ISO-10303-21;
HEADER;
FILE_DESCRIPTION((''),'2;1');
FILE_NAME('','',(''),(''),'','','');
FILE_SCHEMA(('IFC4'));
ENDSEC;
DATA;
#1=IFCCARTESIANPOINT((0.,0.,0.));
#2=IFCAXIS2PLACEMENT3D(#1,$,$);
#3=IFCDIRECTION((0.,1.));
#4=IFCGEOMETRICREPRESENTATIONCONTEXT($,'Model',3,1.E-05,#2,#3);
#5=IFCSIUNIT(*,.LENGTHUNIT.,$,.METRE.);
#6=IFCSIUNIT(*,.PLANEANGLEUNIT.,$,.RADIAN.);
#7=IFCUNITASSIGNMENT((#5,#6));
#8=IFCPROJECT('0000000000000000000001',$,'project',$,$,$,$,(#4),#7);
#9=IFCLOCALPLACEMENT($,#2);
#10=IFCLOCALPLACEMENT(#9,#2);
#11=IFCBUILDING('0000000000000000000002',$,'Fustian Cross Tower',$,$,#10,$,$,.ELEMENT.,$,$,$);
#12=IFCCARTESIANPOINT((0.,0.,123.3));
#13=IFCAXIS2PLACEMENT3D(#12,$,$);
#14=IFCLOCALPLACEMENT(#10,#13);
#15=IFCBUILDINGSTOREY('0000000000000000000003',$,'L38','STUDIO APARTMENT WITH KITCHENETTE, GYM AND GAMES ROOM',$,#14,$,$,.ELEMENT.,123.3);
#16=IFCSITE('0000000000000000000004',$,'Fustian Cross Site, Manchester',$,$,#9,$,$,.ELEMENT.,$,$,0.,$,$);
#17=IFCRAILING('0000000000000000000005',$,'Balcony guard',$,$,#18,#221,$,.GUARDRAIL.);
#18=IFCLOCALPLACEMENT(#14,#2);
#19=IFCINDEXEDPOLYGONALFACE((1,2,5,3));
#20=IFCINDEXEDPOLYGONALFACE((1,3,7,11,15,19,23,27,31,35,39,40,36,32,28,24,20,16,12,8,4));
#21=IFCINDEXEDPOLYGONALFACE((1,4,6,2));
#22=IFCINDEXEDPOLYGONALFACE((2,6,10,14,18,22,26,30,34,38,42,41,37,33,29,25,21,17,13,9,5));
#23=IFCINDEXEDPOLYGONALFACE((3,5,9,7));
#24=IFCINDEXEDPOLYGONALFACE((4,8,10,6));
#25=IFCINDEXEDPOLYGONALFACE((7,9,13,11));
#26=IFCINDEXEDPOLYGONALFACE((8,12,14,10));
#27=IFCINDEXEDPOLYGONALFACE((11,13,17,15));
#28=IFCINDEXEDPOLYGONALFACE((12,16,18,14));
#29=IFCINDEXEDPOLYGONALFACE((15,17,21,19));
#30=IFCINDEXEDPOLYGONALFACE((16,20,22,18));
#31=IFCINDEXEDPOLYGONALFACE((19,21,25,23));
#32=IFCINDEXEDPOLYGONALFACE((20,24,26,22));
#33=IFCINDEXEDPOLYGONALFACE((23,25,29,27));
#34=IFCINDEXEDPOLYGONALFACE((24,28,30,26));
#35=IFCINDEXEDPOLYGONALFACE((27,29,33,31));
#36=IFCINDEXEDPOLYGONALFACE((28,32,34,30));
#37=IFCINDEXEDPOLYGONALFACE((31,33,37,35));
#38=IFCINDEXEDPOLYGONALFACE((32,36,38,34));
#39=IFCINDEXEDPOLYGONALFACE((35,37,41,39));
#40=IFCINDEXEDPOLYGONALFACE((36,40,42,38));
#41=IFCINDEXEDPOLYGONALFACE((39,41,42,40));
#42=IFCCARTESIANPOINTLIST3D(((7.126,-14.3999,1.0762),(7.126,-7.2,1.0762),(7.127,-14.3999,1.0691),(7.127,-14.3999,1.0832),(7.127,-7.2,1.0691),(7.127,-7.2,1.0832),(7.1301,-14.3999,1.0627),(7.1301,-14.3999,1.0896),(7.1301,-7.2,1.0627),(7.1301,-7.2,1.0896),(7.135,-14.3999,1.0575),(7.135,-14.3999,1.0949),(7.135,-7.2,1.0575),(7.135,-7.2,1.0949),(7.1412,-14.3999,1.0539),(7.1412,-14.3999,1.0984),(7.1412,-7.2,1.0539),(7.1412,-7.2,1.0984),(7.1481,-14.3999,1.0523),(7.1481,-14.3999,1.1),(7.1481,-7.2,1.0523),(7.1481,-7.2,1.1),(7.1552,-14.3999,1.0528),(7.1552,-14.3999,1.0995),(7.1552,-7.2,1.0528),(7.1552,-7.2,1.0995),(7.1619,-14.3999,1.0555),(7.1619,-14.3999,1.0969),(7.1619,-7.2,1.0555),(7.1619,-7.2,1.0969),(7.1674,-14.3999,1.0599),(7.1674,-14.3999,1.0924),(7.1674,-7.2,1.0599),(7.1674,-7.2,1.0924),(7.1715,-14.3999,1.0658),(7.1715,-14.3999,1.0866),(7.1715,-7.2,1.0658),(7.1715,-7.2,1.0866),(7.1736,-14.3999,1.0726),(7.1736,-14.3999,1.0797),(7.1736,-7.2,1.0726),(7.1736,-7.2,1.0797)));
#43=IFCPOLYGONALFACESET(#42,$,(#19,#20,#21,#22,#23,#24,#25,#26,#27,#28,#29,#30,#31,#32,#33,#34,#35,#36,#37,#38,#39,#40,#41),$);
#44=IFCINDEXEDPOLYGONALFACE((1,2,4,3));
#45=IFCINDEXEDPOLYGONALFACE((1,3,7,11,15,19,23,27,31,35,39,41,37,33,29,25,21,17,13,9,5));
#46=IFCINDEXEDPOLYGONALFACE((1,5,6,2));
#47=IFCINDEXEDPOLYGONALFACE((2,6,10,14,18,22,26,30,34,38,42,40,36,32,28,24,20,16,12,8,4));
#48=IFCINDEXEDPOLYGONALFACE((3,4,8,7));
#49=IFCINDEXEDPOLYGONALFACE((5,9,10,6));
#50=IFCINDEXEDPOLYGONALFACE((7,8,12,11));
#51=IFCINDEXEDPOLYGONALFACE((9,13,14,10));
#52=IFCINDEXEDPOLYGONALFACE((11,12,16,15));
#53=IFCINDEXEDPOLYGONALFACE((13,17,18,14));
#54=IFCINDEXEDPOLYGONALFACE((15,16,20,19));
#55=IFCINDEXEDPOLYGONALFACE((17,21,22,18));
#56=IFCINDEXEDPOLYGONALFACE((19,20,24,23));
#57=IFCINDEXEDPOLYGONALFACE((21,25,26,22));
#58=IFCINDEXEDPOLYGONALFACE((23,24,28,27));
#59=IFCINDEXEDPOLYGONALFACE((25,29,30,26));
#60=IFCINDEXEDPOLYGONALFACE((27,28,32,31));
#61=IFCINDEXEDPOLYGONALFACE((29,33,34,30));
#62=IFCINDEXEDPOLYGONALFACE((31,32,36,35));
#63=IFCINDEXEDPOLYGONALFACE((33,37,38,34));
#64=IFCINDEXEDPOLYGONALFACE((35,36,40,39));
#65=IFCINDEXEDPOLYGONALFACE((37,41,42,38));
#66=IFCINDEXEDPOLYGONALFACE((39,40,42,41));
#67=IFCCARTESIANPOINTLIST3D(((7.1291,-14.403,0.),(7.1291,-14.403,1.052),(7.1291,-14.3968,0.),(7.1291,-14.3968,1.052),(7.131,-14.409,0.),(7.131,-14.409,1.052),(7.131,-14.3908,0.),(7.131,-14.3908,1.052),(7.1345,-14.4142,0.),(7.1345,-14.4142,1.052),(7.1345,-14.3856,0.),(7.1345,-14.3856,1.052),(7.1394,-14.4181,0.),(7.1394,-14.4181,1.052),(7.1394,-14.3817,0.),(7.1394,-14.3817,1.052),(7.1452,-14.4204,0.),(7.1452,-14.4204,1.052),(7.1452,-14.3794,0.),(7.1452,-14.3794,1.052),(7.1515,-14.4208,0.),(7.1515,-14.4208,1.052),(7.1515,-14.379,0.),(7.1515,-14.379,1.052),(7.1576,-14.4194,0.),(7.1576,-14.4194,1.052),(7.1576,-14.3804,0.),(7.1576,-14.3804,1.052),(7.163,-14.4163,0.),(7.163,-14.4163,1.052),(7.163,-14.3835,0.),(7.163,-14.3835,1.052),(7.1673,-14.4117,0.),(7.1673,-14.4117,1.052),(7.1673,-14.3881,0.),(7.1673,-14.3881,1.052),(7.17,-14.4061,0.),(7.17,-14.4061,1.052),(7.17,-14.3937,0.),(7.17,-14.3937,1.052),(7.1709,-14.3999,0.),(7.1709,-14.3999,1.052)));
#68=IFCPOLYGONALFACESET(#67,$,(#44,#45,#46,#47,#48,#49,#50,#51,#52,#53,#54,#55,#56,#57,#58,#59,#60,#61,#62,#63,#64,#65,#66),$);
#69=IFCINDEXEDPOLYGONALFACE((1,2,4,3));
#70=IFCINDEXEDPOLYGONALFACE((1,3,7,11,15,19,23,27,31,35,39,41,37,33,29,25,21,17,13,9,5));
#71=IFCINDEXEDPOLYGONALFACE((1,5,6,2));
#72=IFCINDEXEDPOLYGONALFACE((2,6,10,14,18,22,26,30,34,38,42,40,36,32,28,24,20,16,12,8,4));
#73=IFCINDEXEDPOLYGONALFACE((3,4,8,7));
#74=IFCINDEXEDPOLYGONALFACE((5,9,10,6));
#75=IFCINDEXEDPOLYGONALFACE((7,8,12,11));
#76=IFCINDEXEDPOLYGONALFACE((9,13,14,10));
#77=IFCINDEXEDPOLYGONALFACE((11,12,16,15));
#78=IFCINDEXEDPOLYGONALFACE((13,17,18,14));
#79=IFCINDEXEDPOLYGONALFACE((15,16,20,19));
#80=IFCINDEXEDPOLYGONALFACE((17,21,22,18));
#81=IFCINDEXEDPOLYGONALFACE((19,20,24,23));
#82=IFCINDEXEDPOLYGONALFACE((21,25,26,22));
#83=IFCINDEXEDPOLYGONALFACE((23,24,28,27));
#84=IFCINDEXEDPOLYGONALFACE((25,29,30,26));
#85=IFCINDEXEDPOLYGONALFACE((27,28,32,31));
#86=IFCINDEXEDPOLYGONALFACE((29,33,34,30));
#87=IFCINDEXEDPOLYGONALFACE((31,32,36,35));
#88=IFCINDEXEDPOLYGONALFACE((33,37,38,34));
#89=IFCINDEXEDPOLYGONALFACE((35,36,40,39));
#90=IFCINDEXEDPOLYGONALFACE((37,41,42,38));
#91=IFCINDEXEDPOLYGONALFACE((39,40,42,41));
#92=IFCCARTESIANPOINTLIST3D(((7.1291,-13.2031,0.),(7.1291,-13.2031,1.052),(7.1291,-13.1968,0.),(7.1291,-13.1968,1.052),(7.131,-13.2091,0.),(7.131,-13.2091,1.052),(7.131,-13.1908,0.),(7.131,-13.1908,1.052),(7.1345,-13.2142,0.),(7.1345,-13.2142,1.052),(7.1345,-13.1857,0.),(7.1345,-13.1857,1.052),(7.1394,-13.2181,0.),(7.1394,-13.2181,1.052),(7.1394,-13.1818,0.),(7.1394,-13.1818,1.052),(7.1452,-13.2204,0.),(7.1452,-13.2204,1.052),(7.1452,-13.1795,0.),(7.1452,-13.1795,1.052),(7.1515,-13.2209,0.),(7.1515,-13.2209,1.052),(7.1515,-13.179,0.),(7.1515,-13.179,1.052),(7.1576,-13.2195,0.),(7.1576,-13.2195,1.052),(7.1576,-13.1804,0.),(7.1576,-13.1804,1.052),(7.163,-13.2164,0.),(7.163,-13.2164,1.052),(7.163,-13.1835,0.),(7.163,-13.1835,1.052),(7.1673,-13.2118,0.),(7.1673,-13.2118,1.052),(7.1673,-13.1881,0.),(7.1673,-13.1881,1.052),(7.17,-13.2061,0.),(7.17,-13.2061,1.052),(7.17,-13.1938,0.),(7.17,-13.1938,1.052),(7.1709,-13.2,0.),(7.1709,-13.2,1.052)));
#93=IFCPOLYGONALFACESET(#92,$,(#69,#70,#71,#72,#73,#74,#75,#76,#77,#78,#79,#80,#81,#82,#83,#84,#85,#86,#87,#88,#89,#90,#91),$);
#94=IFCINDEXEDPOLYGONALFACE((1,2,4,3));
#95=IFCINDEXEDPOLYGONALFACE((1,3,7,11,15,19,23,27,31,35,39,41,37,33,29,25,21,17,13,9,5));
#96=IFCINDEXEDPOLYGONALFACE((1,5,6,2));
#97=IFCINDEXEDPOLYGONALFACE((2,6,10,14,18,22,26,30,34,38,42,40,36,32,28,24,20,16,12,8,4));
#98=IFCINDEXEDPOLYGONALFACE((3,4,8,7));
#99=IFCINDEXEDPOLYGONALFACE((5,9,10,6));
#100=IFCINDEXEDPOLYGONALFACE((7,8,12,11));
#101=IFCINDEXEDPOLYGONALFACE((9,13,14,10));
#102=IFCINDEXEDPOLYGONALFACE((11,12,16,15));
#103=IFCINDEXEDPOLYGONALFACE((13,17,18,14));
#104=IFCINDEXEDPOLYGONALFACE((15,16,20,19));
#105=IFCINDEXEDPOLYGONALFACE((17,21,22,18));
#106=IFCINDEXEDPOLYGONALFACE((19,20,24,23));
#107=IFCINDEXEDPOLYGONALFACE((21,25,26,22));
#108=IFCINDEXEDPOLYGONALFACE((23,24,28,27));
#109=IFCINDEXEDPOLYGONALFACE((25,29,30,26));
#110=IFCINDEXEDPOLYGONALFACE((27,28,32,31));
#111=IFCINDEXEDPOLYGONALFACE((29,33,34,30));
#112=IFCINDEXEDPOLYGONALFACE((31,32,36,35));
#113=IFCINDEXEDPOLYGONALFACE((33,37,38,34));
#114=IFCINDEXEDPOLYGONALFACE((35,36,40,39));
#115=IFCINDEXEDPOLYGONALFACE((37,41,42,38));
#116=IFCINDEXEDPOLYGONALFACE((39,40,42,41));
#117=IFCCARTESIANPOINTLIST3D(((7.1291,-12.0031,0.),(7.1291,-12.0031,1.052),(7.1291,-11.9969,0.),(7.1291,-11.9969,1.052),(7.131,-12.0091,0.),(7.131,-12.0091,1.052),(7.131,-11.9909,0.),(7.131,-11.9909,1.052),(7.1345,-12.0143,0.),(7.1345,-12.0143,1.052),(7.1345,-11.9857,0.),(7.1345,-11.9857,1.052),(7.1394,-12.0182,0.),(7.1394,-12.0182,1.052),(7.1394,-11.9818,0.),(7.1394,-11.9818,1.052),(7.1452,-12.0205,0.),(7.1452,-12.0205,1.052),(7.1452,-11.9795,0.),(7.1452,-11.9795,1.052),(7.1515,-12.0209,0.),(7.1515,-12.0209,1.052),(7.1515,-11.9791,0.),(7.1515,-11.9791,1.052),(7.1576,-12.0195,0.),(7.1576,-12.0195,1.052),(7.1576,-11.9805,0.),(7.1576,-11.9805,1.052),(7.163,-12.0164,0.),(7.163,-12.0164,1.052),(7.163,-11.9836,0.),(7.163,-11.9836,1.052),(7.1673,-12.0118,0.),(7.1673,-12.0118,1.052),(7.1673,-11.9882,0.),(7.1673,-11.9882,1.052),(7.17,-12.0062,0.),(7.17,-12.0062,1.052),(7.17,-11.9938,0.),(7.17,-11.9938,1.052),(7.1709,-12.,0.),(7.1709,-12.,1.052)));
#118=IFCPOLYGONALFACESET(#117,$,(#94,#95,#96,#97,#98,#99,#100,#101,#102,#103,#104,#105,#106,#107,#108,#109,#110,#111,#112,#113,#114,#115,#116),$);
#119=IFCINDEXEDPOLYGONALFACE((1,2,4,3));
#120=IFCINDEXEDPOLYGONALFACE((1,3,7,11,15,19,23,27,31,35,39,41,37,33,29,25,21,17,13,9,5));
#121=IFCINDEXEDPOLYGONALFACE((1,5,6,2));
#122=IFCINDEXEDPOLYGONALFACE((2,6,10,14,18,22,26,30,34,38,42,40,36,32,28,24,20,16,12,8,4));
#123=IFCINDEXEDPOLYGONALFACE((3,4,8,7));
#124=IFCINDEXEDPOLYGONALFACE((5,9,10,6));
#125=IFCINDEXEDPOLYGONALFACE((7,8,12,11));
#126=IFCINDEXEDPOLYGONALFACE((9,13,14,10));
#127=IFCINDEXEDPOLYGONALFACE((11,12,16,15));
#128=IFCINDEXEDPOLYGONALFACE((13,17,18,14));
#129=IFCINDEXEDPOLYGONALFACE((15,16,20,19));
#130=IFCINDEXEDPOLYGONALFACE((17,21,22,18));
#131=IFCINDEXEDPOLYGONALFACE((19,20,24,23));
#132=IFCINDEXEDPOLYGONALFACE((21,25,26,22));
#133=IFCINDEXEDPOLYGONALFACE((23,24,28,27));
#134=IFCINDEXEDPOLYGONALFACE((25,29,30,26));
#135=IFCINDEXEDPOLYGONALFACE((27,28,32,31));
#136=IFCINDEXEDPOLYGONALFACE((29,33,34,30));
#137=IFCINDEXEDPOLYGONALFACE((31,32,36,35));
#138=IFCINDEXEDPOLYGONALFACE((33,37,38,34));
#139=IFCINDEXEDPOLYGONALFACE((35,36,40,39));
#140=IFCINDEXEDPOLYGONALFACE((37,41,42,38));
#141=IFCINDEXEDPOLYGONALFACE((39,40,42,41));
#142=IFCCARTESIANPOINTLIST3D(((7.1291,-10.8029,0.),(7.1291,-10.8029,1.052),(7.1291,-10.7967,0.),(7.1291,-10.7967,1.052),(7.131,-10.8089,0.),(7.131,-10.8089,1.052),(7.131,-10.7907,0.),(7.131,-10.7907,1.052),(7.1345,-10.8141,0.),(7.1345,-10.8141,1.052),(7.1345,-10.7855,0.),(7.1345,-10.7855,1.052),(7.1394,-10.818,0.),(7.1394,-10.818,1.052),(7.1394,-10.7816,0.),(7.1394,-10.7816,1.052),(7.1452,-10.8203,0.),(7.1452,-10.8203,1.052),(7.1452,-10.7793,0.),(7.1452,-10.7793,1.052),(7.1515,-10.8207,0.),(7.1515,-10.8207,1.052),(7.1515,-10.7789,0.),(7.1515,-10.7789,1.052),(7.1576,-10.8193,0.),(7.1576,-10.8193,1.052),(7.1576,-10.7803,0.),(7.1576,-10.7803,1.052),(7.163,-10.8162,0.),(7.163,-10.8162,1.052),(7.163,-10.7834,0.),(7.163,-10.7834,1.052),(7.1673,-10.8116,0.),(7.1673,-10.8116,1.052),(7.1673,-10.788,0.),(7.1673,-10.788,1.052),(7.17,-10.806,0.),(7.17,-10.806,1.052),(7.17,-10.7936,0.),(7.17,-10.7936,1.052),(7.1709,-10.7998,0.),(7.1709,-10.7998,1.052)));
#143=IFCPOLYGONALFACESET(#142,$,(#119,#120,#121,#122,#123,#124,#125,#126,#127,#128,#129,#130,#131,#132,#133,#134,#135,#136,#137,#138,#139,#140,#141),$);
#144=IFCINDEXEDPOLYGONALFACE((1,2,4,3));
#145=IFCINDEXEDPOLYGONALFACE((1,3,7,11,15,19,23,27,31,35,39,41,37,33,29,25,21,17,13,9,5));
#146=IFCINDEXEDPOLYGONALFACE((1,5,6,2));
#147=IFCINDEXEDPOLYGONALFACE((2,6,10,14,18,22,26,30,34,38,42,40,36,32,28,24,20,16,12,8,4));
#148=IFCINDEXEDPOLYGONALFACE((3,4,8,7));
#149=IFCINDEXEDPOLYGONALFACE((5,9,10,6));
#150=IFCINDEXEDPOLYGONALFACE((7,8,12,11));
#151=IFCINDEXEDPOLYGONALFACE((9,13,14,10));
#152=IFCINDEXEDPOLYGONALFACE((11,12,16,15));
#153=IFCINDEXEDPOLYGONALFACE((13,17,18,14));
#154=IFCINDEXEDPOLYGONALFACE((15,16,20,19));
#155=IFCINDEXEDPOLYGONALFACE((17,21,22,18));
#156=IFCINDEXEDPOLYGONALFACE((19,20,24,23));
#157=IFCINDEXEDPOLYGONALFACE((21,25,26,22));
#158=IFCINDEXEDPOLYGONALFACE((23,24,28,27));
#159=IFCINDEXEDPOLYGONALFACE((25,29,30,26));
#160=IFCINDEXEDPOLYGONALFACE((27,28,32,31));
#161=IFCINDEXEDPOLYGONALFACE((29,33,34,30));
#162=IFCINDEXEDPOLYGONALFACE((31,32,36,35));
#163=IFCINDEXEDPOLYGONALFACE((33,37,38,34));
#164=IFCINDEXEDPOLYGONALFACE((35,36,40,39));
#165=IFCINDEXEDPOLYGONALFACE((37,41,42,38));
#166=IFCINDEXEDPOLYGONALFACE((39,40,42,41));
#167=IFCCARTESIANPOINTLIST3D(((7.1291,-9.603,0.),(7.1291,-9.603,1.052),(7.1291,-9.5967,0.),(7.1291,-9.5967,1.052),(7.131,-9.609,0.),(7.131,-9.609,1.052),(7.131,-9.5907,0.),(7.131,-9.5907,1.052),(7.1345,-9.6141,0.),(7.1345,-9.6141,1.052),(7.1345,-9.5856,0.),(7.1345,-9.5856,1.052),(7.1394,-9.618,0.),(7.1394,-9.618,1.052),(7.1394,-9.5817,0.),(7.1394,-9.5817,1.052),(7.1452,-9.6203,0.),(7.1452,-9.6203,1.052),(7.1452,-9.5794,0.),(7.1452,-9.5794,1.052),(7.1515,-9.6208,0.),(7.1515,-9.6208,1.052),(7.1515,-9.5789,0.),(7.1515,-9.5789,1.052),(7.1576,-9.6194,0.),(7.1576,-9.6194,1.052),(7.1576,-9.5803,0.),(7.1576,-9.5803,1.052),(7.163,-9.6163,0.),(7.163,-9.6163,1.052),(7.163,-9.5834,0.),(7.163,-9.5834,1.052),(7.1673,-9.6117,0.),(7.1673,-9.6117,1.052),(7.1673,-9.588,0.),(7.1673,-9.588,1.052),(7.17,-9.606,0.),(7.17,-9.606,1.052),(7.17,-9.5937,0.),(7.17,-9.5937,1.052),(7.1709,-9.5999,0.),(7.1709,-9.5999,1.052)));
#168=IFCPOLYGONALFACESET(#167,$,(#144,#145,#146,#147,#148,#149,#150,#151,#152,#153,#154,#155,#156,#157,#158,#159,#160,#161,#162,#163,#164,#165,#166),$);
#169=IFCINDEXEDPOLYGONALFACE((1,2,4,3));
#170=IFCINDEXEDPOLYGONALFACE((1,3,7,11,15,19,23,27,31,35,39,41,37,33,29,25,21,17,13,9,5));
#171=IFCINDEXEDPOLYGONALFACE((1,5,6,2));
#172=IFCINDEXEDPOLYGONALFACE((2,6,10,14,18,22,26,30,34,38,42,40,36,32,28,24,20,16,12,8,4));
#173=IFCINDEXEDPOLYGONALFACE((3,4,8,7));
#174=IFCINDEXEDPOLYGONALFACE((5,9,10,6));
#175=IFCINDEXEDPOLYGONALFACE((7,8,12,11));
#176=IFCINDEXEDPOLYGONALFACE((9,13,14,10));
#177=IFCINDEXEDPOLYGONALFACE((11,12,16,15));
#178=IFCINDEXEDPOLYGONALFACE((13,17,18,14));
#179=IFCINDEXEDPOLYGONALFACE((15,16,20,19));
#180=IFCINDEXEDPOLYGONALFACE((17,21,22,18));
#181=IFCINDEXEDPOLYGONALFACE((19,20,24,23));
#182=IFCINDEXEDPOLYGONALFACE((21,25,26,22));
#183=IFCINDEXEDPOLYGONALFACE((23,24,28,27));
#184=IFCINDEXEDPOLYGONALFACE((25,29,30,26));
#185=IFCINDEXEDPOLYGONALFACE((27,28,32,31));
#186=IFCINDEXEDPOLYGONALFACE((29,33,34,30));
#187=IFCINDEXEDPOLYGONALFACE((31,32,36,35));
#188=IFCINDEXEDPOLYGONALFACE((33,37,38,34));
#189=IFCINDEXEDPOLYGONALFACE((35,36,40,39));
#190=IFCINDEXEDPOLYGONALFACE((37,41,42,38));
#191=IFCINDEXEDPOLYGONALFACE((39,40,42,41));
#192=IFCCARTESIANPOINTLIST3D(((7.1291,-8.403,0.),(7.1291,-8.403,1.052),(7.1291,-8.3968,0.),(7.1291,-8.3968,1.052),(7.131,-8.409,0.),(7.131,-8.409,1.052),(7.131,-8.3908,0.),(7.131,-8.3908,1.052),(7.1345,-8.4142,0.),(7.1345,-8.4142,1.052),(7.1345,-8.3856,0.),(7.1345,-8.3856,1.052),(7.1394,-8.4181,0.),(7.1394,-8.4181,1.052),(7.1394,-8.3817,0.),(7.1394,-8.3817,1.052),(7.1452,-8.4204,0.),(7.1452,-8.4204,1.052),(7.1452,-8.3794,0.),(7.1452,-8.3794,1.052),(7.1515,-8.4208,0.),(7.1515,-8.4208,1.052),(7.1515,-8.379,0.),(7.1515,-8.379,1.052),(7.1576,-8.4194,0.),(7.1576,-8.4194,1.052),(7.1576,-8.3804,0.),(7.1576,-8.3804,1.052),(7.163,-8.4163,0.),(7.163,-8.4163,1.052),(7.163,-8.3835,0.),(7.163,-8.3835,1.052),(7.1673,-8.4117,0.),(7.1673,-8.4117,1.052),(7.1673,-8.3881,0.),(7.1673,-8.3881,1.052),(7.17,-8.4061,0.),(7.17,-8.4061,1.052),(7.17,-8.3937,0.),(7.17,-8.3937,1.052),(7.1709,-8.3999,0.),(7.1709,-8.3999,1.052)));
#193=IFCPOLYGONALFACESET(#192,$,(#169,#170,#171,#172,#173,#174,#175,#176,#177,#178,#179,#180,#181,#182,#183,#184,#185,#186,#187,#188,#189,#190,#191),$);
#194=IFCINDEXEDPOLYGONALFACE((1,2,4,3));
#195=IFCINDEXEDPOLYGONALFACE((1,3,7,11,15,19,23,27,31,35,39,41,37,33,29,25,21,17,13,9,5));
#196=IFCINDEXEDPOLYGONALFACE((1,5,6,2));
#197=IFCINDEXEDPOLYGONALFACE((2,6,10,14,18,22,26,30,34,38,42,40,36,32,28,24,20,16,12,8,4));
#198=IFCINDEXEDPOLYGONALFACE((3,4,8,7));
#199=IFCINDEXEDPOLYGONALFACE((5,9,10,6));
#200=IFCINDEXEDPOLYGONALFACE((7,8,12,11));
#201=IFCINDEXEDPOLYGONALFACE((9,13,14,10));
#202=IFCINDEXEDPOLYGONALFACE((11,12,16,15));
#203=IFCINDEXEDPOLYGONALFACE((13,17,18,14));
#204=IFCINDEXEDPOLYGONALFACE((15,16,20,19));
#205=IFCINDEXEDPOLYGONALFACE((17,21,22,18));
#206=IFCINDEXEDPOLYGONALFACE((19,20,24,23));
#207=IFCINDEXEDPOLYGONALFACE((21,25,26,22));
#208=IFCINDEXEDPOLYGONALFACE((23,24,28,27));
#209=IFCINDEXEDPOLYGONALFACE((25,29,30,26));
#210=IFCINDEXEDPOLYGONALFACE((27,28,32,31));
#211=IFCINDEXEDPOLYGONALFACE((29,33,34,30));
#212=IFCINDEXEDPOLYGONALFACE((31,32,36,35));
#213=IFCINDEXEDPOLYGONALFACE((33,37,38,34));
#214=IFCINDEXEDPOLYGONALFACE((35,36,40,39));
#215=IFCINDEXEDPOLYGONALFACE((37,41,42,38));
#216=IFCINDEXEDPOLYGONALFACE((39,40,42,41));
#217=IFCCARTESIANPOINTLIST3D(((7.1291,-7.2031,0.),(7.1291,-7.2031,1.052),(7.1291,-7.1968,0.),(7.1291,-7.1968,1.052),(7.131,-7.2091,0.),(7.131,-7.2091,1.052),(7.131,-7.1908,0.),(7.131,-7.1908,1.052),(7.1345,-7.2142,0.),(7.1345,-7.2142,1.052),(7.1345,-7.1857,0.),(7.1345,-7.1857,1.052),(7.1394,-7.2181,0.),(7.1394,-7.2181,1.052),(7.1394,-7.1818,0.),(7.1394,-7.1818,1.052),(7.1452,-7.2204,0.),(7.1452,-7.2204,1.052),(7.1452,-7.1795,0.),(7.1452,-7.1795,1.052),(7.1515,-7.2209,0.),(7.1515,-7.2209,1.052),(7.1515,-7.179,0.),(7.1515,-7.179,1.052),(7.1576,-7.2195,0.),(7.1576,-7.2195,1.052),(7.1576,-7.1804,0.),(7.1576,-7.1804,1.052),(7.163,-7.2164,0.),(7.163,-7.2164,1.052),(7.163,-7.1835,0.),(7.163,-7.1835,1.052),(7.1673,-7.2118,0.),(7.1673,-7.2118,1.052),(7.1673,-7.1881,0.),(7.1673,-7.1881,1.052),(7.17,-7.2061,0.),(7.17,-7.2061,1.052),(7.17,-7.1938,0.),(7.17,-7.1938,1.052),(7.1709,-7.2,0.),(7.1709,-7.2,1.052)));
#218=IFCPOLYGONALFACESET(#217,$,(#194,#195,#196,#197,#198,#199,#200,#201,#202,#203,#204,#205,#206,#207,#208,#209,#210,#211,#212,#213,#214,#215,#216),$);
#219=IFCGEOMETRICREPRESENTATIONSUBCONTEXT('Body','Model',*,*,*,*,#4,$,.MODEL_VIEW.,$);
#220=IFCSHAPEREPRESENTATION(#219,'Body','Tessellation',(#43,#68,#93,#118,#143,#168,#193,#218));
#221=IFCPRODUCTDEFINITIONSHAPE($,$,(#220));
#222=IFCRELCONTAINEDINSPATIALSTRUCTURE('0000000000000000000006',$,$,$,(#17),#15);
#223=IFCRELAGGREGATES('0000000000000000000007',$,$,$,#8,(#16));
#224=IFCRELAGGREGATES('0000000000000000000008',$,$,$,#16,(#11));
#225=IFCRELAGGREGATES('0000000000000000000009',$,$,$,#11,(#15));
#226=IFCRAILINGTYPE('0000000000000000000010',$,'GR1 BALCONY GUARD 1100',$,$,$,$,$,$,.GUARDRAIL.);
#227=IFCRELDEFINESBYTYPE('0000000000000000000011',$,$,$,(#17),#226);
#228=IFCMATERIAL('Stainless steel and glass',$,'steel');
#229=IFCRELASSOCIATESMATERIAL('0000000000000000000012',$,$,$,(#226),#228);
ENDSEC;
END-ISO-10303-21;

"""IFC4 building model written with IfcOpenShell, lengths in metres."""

from ifc_helpers import new_model, si_unit, direction, frame, origin, origin_2d, place, context, subcontext, project, spatial, circle, extrude, material, type_object, element, save


model = new_model("IFC4")

# Units and contexts
model_context = context("Model", 3, precision=1e-05, world=origin(), true_north=direction((0.0, 1.0)))
body_context = subcontext(model_context, "Body", "Model", "MODEL_VIEW")
ifc_project = project(units=[si_unit("LENGTHUNIT", "METRE"), si_unit("PLANEANGLEUNIT", "RADIAN")], contexts=[model_context])

# Site, building, storey
site_placement = place(None, origin())
site = spatial("IfcSite", under=ifc_project, at=site_placement, Name="Fustian Cross Site, Manchester", CompositionType="ELEMENT", RefElevation=0.0)
building_placement = place(site_placement, origin())
building = spatial("IfcBuilding", under=site, at=building_placement, Name="Fustian Cross Tower", CompositionType="ELEMENT")
storey_placement = place(building_placement, frame((0.0, 0.0, 123.3)))
storey = spatial("IfcBuildingStorey", under=building, at=storey_placement, Name="L38", Description="STUDIO APARTMENT WITH KITCHENETTE, GYM AND GAMES ROOM", CompositionType="ELEMENT", Elevation=123.3)

# Railing
ifc_material_1 = material(Name="Stainless steel and glass", Category="steel")
railing_type = type_object("IfcRailingType", Name="GR1 BALCONY GUARD 1100", PredefinedType="GUARDRAIL", material=ifc_material_1)
railing_placement = place(storey_placement, frame((7.1499, -14.3999, 0.0)))
element("IfcRailing", 1, at=railing_placement, inside=storey, type_object=railing_type, Name="Balcony guard", PredefinedType="GUARDRAIL", context=body_context, shape_type="SweptSolid", body=[
    extrude(circle(Radius=0.0239, at=origin_2d()), frame((0.0, 0.0, 1.0762), z_axis=(0.0, 1.0, 0.0), x_axis=(-1.0, 0.0, 0.0)), (0.0, 0.0, 1.0), 7.2),
    extrude(circle(Radius=0.021, at=origin_2d()), origin(), (0.0, 0.0, 1.0), 1.052),
    extrude(circle(Radius=0.021, at=origin_2d()), frame((0.0, 1.2, 0.0)), (0.0, 0.0, 1.0), 1.052),
    extrude(circle(Radius=0.021, at=origin_2d()), frame((0.0, 2.3999, 0.0)), (0.0, 0.0, 1.0), 1.052),
    extrude(circle(Radius=0.021, at=origin_2d()), frame((0.0, 3.6001, 0.0)), (0.0, 0.0, 1.0), 1.052),
    extrude(circle(Radius=0.021, at=origin_2d()), frame((0.0, 4.8, 0.0)), (0.0, 0.0, 1.0), 1.052),
    extrude(circle(Radius=0.021, at=origin_2d()), frame((0.0, 6.0, 0.0)), (0.0, 0.0, 1.0), 1.052),
    extrude(circle(Radius=0.021, at=origin_2d()), frame((0.0, 7.2, 0.0)), (0.0, 0.0, 1.0), 1.052),
])

save(model, "model.ifc")
